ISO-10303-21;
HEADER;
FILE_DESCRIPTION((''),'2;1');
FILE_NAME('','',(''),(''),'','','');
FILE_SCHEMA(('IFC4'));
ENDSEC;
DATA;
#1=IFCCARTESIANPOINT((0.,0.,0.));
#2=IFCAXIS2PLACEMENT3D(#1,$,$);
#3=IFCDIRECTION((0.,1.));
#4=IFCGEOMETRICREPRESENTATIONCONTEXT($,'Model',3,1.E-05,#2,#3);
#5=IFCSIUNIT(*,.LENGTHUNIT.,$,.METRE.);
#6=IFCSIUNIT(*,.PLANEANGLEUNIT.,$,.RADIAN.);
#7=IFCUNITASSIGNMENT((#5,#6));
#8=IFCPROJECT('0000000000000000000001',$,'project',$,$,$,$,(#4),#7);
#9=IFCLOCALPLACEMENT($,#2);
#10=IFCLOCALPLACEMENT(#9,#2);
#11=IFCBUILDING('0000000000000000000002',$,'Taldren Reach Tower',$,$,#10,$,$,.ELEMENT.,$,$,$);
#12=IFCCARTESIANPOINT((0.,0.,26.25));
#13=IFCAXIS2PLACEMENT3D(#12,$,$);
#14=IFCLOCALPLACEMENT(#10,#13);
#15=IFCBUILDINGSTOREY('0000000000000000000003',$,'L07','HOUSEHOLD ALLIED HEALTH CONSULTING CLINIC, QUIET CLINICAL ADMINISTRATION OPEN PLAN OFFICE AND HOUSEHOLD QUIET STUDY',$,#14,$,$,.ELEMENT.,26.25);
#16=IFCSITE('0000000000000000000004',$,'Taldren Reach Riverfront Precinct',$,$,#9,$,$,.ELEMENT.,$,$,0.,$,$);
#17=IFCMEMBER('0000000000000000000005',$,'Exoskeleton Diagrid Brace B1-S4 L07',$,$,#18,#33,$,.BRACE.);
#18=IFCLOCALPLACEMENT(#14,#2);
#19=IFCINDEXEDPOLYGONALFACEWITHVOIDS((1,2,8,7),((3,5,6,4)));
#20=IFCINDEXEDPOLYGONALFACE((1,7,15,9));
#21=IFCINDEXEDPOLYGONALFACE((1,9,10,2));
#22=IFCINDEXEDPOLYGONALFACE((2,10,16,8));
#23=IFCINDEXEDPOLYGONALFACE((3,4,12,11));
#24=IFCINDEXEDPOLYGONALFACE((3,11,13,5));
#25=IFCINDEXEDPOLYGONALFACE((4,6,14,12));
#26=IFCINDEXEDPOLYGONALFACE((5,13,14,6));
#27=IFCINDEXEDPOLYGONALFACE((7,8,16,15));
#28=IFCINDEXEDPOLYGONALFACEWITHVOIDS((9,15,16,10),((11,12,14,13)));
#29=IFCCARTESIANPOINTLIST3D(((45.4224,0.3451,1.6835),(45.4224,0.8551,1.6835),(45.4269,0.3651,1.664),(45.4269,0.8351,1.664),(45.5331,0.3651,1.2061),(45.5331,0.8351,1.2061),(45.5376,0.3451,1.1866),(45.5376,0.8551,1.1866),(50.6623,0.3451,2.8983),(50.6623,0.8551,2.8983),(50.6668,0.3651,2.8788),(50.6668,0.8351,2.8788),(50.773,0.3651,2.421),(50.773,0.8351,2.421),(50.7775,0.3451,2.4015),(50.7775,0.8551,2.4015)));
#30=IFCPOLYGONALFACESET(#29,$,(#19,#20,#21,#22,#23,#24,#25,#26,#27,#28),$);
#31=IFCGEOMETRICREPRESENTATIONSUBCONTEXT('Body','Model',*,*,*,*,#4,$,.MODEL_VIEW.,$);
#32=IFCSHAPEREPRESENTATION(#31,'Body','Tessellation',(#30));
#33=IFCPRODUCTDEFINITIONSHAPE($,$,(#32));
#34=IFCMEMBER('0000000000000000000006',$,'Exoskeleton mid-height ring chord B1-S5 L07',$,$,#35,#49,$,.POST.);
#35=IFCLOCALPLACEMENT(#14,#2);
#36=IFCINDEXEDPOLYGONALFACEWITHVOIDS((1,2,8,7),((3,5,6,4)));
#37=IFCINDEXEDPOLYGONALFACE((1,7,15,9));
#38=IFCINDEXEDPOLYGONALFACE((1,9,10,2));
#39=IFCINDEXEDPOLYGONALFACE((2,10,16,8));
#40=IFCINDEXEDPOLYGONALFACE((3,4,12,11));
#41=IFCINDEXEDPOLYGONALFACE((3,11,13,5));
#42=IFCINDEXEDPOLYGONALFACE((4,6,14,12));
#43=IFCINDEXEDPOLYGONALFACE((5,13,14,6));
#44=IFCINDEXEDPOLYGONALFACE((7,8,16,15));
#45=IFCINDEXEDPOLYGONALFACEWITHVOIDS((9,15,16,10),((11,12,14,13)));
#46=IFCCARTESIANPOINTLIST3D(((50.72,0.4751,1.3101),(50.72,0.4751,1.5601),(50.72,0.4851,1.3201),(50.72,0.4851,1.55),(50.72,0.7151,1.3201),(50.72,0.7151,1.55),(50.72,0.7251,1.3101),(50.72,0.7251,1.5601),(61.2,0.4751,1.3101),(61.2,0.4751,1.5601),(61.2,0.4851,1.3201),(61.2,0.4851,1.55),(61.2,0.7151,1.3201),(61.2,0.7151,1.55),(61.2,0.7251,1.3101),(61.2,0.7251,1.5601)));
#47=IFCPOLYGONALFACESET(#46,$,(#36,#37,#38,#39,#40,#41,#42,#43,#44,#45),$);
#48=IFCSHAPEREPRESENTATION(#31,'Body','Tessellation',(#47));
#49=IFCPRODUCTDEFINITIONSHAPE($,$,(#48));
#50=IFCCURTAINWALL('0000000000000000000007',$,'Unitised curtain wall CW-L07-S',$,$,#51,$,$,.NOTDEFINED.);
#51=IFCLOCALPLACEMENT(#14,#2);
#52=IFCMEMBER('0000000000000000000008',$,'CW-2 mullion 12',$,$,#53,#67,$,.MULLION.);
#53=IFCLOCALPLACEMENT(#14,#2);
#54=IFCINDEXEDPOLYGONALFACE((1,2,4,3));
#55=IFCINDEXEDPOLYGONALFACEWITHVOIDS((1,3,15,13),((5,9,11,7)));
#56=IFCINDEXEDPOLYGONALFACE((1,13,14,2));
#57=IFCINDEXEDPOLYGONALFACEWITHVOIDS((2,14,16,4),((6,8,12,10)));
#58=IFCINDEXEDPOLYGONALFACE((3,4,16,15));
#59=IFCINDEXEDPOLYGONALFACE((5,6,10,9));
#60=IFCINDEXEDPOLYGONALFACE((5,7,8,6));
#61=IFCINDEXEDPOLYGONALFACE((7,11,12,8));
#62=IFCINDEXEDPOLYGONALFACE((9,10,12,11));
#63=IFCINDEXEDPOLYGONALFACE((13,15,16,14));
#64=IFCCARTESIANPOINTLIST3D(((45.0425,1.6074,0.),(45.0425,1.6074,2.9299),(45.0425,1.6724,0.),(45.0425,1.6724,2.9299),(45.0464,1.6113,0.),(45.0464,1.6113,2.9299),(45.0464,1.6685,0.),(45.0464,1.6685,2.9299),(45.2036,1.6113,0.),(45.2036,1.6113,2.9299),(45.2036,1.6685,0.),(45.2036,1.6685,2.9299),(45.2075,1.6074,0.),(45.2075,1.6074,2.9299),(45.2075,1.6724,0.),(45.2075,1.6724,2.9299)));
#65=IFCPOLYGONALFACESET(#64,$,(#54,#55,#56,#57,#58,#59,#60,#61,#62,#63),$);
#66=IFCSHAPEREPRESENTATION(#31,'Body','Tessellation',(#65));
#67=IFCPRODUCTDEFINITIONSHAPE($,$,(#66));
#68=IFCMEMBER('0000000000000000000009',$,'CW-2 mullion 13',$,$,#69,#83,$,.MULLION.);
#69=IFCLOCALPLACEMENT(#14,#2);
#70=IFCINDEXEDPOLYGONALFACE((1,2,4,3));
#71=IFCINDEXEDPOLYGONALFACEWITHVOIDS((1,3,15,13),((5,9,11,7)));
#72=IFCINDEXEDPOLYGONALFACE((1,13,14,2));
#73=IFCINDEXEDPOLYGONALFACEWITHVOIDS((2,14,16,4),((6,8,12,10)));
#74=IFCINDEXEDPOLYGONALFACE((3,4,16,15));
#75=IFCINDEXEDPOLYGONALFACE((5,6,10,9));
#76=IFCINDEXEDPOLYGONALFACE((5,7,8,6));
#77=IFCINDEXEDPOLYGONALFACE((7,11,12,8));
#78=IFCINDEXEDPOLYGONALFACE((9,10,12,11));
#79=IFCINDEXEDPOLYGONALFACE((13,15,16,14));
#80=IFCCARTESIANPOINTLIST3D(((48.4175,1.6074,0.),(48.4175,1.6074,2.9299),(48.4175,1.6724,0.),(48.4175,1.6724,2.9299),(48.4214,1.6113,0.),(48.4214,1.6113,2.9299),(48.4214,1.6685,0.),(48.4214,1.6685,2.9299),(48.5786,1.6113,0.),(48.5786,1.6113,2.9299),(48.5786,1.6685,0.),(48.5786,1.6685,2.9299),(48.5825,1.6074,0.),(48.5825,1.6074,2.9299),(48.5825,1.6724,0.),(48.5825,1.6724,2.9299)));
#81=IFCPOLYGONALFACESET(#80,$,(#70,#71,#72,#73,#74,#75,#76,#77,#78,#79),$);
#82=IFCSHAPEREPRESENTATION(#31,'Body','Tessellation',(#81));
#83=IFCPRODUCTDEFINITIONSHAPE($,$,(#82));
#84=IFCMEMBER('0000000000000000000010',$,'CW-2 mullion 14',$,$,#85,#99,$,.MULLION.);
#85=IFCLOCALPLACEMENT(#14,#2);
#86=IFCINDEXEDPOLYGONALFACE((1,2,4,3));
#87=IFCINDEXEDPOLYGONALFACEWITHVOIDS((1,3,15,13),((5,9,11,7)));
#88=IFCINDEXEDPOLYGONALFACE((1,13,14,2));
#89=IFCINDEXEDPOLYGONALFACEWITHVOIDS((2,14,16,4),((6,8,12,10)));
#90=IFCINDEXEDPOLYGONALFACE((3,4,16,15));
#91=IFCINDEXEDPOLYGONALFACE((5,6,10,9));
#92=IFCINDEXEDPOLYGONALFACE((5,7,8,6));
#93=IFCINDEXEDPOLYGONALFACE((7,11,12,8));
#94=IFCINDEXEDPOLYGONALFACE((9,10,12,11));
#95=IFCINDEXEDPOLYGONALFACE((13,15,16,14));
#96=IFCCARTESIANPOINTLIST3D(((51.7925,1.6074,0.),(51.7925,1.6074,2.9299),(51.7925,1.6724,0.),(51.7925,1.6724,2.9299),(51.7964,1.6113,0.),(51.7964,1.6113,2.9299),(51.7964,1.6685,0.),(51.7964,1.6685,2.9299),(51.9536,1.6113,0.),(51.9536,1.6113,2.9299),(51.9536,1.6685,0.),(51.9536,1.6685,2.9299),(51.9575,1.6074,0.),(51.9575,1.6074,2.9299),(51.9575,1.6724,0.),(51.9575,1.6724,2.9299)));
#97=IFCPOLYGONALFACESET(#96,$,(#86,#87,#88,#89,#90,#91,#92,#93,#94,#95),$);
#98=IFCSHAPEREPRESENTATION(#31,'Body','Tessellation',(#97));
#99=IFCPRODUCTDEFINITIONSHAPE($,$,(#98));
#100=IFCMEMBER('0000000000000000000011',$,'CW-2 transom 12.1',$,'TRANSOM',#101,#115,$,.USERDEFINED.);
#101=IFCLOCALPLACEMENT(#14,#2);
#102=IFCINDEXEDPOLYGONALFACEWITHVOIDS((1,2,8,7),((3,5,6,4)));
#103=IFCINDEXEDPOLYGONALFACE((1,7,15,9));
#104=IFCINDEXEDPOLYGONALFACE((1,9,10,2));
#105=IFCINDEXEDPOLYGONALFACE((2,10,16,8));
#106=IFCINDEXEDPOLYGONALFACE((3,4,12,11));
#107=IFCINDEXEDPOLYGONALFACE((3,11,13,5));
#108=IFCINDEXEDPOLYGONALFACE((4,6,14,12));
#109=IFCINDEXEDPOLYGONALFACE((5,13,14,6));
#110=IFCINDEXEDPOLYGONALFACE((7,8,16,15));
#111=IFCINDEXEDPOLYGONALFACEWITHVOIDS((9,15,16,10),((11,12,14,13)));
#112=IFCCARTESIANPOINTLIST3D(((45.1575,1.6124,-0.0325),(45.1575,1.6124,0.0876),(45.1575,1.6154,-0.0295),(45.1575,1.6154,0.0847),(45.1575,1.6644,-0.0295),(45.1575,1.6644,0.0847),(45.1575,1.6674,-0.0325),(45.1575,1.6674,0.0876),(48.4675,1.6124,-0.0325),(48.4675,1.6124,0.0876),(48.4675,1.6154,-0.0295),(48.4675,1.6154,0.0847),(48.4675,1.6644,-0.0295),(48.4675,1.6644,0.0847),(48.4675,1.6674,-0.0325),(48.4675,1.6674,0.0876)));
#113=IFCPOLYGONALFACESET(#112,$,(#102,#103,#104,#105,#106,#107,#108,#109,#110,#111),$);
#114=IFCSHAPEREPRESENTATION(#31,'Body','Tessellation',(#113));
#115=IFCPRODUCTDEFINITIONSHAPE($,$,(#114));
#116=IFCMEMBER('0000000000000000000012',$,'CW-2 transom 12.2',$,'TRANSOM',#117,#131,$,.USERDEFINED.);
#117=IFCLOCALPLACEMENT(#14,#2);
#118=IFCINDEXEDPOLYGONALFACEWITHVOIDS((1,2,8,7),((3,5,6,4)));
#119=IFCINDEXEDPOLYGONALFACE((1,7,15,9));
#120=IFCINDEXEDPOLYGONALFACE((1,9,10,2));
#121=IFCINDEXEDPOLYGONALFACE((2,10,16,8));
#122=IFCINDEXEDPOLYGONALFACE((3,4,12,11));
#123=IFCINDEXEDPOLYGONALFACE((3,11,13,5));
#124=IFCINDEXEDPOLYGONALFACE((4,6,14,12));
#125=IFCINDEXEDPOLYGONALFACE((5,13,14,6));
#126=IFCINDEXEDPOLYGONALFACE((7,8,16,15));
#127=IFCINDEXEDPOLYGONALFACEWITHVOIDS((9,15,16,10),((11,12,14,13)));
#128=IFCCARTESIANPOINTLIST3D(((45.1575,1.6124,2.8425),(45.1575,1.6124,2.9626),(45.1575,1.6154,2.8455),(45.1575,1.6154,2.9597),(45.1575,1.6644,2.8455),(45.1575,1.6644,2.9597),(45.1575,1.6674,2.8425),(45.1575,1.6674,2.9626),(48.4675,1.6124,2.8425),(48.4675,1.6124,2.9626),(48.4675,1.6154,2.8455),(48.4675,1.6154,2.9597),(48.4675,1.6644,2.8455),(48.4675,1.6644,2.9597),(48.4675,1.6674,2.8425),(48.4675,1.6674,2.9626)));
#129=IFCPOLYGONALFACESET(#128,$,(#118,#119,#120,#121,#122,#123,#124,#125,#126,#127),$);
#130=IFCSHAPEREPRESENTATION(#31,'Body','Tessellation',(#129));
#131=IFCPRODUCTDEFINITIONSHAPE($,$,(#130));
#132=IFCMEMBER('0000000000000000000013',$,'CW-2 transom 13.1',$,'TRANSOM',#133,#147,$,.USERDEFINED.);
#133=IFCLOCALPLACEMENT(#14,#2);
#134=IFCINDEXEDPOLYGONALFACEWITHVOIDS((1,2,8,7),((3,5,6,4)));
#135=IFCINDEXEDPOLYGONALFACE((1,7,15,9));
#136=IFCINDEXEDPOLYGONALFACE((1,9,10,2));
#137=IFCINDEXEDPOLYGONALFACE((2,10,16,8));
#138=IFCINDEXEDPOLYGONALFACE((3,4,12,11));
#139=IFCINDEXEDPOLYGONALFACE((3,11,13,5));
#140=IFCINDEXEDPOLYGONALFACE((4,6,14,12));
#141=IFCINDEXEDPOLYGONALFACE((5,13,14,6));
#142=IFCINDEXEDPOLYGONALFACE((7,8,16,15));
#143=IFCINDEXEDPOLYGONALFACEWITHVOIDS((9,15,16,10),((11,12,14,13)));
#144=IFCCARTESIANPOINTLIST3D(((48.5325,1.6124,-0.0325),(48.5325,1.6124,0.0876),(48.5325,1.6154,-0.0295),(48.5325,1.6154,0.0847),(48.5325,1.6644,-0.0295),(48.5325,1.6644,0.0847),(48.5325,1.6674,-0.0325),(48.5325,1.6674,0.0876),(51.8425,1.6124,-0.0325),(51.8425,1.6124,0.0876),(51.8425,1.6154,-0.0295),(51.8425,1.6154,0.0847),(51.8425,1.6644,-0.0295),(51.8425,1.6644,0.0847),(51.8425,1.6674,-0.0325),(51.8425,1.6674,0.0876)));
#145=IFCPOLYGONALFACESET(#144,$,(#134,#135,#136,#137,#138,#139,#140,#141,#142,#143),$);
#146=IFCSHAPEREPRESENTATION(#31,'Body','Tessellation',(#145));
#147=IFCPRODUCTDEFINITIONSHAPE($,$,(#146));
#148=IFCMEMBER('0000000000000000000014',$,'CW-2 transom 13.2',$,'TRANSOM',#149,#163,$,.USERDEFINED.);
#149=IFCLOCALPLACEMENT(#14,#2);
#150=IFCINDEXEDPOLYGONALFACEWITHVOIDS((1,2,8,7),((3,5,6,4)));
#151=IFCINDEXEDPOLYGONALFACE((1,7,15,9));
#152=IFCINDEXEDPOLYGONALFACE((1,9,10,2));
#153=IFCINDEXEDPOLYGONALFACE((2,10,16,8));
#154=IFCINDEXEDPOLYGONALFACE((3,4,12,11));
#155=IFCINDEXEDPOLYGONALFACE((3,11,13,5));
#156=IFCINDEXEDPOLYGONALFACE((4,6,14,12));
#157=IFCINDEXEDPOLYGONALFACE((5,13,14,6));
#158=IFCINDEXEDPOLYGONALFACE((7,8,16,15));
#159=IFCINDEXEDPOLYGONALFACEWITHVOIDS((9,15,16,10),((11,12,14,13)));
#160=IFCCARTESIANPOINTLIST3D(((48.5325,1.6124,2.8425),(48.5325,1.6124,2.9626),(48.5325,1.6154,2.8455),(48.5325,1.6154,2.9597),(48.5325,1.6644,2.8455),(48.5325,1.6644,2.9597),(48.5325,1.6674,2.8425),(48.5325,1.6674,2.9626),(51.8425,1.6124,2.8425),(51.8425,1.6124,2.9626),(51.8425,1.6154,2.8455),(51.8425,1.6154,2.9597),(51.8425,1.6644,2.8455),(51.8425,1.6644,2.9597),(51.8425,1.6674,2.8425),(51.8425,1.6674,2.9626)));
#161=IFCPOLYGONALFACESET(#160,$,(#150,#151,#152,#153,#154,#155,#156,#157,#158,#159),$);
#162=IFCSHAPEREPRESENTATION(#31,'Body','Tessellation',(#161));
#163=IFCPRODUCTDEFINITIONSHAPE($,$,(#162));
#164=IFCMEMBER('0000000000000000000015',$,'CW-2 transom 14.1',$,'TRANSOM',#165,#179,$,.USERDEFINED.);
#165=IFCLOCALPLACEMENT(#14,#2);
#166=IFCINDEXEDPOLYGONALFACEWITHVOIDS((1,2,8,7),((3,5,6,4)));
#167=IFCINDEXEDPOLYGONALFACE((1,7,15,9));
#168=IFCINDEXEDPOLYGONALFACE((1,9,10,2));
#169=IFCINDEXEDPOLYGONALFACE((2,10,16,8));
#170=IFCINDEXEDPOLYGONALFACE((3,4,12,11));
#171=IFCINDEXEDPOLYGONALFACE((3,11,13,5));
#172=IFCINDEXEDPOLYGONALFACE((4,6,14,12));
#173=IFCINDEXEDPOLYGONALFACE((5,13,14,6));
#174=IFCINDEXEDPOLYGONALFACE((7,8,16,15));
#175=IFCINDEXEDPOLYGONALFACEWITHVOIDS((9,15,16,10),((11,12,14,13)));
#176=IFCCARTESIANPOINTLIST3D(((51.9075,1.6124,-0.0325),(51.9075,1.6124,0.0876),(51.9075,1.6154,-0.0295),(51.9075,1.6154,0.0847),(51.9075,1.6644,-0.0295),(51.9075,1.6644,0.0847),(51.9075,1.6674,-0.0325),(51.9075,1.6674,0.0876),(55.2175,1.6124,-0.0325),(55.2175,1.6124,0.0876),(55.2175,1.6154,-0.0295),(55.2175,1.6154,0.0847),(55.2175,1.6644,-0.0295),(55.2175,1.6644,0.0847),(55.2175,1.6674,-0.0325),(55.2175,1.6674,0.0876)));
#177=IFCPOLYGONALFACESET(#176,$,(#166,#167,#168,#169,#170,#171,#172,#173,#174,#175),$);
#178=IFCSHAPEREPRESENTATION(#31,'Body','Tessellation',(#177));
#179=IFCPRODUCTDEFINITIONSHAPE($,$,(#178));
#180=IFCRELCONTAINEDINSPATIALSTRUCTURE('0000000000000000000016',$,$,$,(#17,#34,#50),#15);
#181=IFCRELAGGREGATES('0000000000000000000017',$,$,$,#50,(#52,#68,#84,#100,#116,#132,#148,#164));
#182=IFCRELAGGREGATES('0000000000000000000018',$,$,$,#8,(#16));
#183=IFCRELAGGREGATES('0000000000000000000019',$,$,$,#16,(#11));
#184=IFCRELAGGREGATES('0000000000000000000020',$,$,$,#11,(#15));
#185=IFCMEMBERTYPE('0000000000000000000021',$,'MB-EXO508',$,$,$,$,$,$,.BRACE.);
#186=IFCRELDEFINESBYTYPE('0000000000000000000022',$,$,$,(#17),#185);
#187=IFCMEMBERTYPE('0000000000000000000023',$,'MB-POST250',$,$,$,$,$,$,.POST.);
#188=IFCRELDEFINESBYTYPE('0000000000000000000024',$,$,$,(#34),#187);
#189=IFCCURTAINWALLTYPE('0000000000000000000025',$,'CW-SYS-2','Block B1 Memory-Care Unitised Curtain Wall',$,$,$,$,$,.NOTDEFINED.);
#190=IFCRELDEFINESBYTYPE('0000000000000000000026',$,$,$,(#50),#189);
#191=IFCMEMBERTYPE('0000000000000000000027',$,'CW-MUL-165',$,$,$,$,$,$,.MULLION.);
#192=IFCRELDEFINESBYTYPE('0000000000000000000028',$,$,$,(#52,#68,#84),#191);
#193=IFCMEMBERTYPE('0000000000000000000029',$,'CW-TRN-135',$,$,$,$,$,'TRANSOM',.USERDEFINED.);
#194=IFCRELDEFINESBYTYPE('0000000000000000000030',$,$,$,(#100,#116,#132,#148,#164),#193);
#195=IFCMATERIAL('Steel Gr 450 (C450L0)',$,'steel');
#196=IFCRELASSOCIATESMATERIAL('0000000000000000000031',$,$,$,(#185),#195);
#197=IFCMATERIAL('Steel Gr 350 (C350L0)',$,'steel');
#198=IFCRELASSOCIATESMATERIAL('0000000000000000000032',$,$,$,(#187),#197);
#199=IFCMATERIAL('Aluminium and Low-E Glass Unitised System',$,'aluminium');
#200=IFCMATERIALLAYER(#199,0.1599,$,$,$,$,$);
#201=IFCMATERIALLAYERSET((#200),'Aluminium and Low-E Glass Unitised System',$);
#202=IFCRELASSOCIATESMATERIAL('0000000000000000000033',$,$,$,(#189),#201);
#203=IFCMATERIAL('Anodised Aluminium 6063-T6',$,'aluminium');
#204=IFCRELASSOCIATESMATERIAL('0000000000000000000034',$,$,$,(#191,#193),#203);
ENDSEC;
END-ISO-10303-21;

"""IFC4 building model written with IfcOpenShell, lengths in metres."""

from ifc_helpers import new_model, si_unit, direction, frame, origin, origin_2d, place, context, subcontext, project, spatial, hollow_rectangle, extrude, source, transform, mapped, material, layer, layer_set, material_profile, profile_set, type_object, element, aggregate, save


model = new_model("IFC4")

# Units and contexts
model_context = context("Model", 3, precision=1e-05, world=origin(), true_north=direction((0.0, 1.0)))
body_context = subcontext(model_context, "Body", "Model", "MODEL_VIEW")
ifc_project = project(units=[si_unit("LENGTHUNIT", "METRE"), si_unit("PLANEANGLEUNIT", "RADIAN")], contexts=[model_context])

# Site, building, storey
site_placement = place(None, origin())
site = spatial("IfcSite", under=ifc_project, at=site_placement, Name="Taldren Reach Riverfront Precinct", CompositionType="ELEMENT", RefElevation=0.0)
building_placement = place(site_placement, origin())
building = spatial("IfcBuilding", under=site, at=building_placement, Name="Taldren Reach Tower", CompositionType="ELEMENT")
storey_placement = place(building_placement, frame((0.0, 0.0, 26.25)))
storey = spatial("IfcBuildingStorey", under=building, at=storey_placement, Name="L07", Description="HOUSEHOLD ALLIED HEALTH CONSULTING CLINIC, QUIET CLINICAL ADMINISTRATION OPEN PLAN OFFICE AND HOUSEHOLD QUIET STUDY", CompositionType="ELEMENT", Elevation=26.25)

# Members
ifc_material_1 = material(Name="Steel Gr 450 (C450L0)", Category="steel")
ifc_material_profile_1 = material_profile(ifc_material_1, hollow_rectangle(XDim=0.51, YDim=0.51, WallThickness=0.02, at=origin_2d()), Name="510x510x20.0SHS")
ifc_profile_set_1 = profile_set([ifc_material_profile_1], Name="Steel Gr 450 (C450L0)")
member_type_1 = type_object("IfcMemberType", Name="MB-EXO508", PredefinedType="BRACE", material=ifc_profile_set_1)
shared_shape_1 = source(origin(), body_context, "Body", "SweptSolid", [
    extrude(hollow_rectangle(XDim=0.51, YDim=0.51, WallThickness=0.02, at=origin_2d()), origin(), (0.0, 0.0, 1.0), 5.3789),
])
member_1_placement = place(storey_placement, frame((45.48, 0.6001, 1.4351), z_axis=(0.974162, 0.0, 0.225851), x_axis=(0.0, 1.0, 0.0)))
element("IfcMember", 1, at=member_1_placement, inside=storey, type_object=member_type_1, Name="Exoskeleton Diagrid Brace B1-S4 L07", PredefinedType="BRACE", context=body_context, shape_type="MappedRepresentation", body=[
    mapped(shared_shape_1, transform((0.0, 0.0, 0.0), scale=1.0)),
])
ifc_material_2 = material(Name="Steel Gr 350 (C350L0)", Category="steel")
ifc_material_profile_2 = material_profile(ifc_material_2, hollow_rectangle(XDim=0.25, YDim=0.25, WallThickness=0.01, at=origin_2d()), Name="250x250x10.0SHS")
ifc_profile_set_2 = profile_set([ifc_material_profile_2], Name="Steel Gr 350 (C350L0)")
member_type_2 = type_object("IfcMemberType", Name="MB-POST250", PredefinedType="POST", material=ifc_profile_set_2)
shared_shape_2 = source(origin(), body_context, "Body", "SweptSolid", [
    extrude(hollow_rectangle(XDim=0.25, YDim=0.25, WallThickness=0.01, at=origin_2d()), origin(), (0.0, 0.0, 1.0), 10.48),
])
member_2_placement = place(storey_placement, frame((50.72, 0.6001, 1.4351), z_axis=(1.0, 0.0, 0.0), x_axis=(0.0, 1.0, 0.0)))
element("IfcMember", 2, at=member_2_placement, inside=storey, type_object=member_type_2, Name="Exoskeleton mid-height ring chord B1-S5 L07", PredefinedType="POST", context=body_context, shape_type="MappedRepresentation", body=[
    mapped(shared_shape_2, transform((0.0, 0.0, 0.0), scale=1.0)),
])

# Curtain wall, members
ifc_material_3 = material(Name="Aluminium and Low-E Glass Unitised System", Category="aluminium")
ifc_layer_1 = layer(ifc_material_3, 0.1599)
ifc_layer_set_1 = layer_set([ifc_layer_1], Name="Aluminium and Low-E Glass Unitised System")
curtain_wall_type = type_object("IfcCurtainWallType", Name="CW-SYS-2", Description="Block B1 Memory-Care Unitised Curtain Wall", PredefinedType="NOTDEFINED", material=ifc_layer_set_1)
curtain_wall_placement = place(storey_placement, origin())
curtain_wall = element("IfcCurtainWall", 3, at=curtain_wall_placement, inside=storey, type_object=curtain_wall_type, Name="Unitised curtain wall CW-L07-S", PredefinedType="NOTDEFINED")
ifc_material_4 = material(Name="Anodised Aluminium 6063-T6", Category="aluminium")
ifc_material_profile_3 = material_profile(ifc_material_4, hollow_rectangle(XDim=0.0649, YDim=0.165, WallThickness=0.0039, at=origin_2d()), Name="ALU-165x65x4RHS")
ifc_profile_set_3 = profile_set([ifc_material_profile_3], Name="Anodised Aluminium 6063-T6")
member_type_3 = type_object("IfcMemberType", Name="CW-MUL-165", PredefinedType="MULLION", material=ifc_profile_set_3)
shared_shape_3 = source(origin(), body_context, "Body", "SweptSolid", [
    extrude(hollow_rectangle(XDim=0.0649, YDim=0.165, WallThickness=0.0039, at=origin_2d()), origin(), (0.0, 0.0, 1.0), 2.9299),
])
member_3_placement = place(storey_placement, frame((45.125, 1.6399, 0.0), z_axis=(0.0, 0.0, 1.0), x_axis=(0.0, 1.0, 0.0)))
member_3 = element("IfcMember", 4, at=member_3_placement, type_object=member_type_3, Name="CW-2 mullion 12", PredefinedType="MULLION", context=body_context, shape_type="MappedRepresentation", body=[
    mapped(shared_shape_3, transform((0.0, 0.0, 0.0), scale=1.0)),
])
member_4_placement = place(storey_placement, frame((48.5, 1.6399, 0.0), z_axis=(0.0, 0.0, 1.0), x_axis=(0.0, 1.0, 0.0)))
member_4 = element("IfcMember", 5, at=member_4_placement, type_object=member_type_3, Name="CW-2 mullion 13", PredefinedType="MULLION", context=body_context, shape_type="MappedRepresentation", body=[
    mapped(shared_shape_3, transform((0.0, 0.0, 0.0), scale=1.0)),
])
member_5_placement = place(storey_placement, frame((51.875, 1.6399, 0.0), z_axis=(0.0, 0.0, 1.0), x_axis=(0.0, 1.0, 0.0)))
member_5 = element("IfcMember", 6, at=member_5_placement, type_object=member_type_3, Name="CW-2 mullion 14", PredefinedType="MULLION", context=body_context, shape_type="MappedRepresentation", body=[
    mapped(shared_shape_3, transform((0.0, 0.0, 0.0), scale=1.0)),
])
ifc_material_profile_4 = material_profile(ifc_material_4, hollow_rectangle(XDim=0.0549, YDim=0.1201, WallThickness=0.0029, at=origin_2d()), Name="ALU-120x55x3RHS")
ifc_profile_set_4 = profile_set([ifc_material_profile_4], Name="Anodised Aluminium 6063-T6")
member_type_4 = type_object("IfcMemberType", Name="CW-TRN-135", ElementType="TRANSOM", PredefinedType="USERDEFINED", material=ifc_profile_set_4)
shared_shape_4 = source(origin(), body_context, "Body", "SweptSolid", [
    extrude(hollow_rectangle(XDim=0.0549, YDim=0.1201, WallThickness=0.0029, at=origin_2d()), origin(), (0.0, 0.0, 1.0), 3.3101),
])
member_6_placement = place(storey_placement, frame((45.1575, 1.6399, 0.0276), z_axis=(1.0, 0.0, 0.0), x_axis=(0.0, 1.0, 0.0)))
member_6 = element("IfcMember", 7, at=member_6_placement, type_object=member_type_4, Name="CW-2 transom 12.1", ObjectType="TRANSOM", PredefinedType="USERDEFINED", context=body_context, shape_type="MappedRepresentation", body=[
    mapped(shared_shape_4, transform((0.0, 0.0, 0.0), scale=1.0)),
])
member_7_placement = place(storey_placement, frame((45.1575, 1.6399, 2.9026), z_axis=(1.0, 0.0, 0.0), x_axis=(0.0, 1.0, 0.0)))
member_7 = element("IfcMember", 8, at=member_7_placement, type_object=member_type_4, Name="CW-2 transom 12.2", ObjectType="TRANSOM", PredefinedType="USERDEFINED", context=body_context, shape_type="MappedRepresentation", body=[
    mapped(shared_shape_4, transform((0.0, 0.0, 0.0), scale=1.0)),
])
member_8_placement = place(storey_placement, frame((48.5325, 1.6399, 0.0276), z_axis=(1.0, 0.0, 0.0), x_axis=(0.0, 1.0, 0.0)))
member_8 = element("IfcMember", 9, at=member_8_placement, type_object=member_type_4, Name="CW-2 transom 13.1", ObjectType="TRANSOM", PredefinedType="USERDEFINED", context=body_context, shape_type="MappedRepresentation", body=[
    mapped(shared_shape_4, transform((0.0, 0.0, 0.0), scale=1.0)),
])
member_9_placement = place(storey_placement, frame((48.5325, 1.6399, 2.9026), z_axis=(1.0, 0.0, 0.0), x_axis=(0.0, 1.0, 0.0)))
member_9 = element("IfcMember", 10, at=member_9_placement, type_object=member_type_4, Name="CW-2 transom 13.2", ObjectType="TRANSOM", PredefinedType="USERDEFINED", context=body_context, shape_type="MappedRepresentation", body=[
    mapped(shared_shape_4, transform((0.0, 0.0, 0.0), scale=1.0)),
])
member_10_placement = place(storey_placement, frame((51.9075, 1.6399, 0.0276), z_axis=(1.0, 0.0, 0.0), x_axis=(0.0, 1.0, 0.0)))
member_10 = element("IfcMember", 11, at=member_10_placement, type_object=member_type_4, Name="CW-2 transom 14.1", ObjectType="TRANSOM", PredefinedType="USERDEFINED", context=body_context, shape_type="MappedRepresentation", body=[
    mapped(shared_shape_4, transform((0.0, 0.0, 0.0), scale=1.0)),
])

aggregate(curtain_wall, [member_3, member_4, member_5, member_6, member_7, member_8, member_9, member_10])

save(model, "model.ifc")
